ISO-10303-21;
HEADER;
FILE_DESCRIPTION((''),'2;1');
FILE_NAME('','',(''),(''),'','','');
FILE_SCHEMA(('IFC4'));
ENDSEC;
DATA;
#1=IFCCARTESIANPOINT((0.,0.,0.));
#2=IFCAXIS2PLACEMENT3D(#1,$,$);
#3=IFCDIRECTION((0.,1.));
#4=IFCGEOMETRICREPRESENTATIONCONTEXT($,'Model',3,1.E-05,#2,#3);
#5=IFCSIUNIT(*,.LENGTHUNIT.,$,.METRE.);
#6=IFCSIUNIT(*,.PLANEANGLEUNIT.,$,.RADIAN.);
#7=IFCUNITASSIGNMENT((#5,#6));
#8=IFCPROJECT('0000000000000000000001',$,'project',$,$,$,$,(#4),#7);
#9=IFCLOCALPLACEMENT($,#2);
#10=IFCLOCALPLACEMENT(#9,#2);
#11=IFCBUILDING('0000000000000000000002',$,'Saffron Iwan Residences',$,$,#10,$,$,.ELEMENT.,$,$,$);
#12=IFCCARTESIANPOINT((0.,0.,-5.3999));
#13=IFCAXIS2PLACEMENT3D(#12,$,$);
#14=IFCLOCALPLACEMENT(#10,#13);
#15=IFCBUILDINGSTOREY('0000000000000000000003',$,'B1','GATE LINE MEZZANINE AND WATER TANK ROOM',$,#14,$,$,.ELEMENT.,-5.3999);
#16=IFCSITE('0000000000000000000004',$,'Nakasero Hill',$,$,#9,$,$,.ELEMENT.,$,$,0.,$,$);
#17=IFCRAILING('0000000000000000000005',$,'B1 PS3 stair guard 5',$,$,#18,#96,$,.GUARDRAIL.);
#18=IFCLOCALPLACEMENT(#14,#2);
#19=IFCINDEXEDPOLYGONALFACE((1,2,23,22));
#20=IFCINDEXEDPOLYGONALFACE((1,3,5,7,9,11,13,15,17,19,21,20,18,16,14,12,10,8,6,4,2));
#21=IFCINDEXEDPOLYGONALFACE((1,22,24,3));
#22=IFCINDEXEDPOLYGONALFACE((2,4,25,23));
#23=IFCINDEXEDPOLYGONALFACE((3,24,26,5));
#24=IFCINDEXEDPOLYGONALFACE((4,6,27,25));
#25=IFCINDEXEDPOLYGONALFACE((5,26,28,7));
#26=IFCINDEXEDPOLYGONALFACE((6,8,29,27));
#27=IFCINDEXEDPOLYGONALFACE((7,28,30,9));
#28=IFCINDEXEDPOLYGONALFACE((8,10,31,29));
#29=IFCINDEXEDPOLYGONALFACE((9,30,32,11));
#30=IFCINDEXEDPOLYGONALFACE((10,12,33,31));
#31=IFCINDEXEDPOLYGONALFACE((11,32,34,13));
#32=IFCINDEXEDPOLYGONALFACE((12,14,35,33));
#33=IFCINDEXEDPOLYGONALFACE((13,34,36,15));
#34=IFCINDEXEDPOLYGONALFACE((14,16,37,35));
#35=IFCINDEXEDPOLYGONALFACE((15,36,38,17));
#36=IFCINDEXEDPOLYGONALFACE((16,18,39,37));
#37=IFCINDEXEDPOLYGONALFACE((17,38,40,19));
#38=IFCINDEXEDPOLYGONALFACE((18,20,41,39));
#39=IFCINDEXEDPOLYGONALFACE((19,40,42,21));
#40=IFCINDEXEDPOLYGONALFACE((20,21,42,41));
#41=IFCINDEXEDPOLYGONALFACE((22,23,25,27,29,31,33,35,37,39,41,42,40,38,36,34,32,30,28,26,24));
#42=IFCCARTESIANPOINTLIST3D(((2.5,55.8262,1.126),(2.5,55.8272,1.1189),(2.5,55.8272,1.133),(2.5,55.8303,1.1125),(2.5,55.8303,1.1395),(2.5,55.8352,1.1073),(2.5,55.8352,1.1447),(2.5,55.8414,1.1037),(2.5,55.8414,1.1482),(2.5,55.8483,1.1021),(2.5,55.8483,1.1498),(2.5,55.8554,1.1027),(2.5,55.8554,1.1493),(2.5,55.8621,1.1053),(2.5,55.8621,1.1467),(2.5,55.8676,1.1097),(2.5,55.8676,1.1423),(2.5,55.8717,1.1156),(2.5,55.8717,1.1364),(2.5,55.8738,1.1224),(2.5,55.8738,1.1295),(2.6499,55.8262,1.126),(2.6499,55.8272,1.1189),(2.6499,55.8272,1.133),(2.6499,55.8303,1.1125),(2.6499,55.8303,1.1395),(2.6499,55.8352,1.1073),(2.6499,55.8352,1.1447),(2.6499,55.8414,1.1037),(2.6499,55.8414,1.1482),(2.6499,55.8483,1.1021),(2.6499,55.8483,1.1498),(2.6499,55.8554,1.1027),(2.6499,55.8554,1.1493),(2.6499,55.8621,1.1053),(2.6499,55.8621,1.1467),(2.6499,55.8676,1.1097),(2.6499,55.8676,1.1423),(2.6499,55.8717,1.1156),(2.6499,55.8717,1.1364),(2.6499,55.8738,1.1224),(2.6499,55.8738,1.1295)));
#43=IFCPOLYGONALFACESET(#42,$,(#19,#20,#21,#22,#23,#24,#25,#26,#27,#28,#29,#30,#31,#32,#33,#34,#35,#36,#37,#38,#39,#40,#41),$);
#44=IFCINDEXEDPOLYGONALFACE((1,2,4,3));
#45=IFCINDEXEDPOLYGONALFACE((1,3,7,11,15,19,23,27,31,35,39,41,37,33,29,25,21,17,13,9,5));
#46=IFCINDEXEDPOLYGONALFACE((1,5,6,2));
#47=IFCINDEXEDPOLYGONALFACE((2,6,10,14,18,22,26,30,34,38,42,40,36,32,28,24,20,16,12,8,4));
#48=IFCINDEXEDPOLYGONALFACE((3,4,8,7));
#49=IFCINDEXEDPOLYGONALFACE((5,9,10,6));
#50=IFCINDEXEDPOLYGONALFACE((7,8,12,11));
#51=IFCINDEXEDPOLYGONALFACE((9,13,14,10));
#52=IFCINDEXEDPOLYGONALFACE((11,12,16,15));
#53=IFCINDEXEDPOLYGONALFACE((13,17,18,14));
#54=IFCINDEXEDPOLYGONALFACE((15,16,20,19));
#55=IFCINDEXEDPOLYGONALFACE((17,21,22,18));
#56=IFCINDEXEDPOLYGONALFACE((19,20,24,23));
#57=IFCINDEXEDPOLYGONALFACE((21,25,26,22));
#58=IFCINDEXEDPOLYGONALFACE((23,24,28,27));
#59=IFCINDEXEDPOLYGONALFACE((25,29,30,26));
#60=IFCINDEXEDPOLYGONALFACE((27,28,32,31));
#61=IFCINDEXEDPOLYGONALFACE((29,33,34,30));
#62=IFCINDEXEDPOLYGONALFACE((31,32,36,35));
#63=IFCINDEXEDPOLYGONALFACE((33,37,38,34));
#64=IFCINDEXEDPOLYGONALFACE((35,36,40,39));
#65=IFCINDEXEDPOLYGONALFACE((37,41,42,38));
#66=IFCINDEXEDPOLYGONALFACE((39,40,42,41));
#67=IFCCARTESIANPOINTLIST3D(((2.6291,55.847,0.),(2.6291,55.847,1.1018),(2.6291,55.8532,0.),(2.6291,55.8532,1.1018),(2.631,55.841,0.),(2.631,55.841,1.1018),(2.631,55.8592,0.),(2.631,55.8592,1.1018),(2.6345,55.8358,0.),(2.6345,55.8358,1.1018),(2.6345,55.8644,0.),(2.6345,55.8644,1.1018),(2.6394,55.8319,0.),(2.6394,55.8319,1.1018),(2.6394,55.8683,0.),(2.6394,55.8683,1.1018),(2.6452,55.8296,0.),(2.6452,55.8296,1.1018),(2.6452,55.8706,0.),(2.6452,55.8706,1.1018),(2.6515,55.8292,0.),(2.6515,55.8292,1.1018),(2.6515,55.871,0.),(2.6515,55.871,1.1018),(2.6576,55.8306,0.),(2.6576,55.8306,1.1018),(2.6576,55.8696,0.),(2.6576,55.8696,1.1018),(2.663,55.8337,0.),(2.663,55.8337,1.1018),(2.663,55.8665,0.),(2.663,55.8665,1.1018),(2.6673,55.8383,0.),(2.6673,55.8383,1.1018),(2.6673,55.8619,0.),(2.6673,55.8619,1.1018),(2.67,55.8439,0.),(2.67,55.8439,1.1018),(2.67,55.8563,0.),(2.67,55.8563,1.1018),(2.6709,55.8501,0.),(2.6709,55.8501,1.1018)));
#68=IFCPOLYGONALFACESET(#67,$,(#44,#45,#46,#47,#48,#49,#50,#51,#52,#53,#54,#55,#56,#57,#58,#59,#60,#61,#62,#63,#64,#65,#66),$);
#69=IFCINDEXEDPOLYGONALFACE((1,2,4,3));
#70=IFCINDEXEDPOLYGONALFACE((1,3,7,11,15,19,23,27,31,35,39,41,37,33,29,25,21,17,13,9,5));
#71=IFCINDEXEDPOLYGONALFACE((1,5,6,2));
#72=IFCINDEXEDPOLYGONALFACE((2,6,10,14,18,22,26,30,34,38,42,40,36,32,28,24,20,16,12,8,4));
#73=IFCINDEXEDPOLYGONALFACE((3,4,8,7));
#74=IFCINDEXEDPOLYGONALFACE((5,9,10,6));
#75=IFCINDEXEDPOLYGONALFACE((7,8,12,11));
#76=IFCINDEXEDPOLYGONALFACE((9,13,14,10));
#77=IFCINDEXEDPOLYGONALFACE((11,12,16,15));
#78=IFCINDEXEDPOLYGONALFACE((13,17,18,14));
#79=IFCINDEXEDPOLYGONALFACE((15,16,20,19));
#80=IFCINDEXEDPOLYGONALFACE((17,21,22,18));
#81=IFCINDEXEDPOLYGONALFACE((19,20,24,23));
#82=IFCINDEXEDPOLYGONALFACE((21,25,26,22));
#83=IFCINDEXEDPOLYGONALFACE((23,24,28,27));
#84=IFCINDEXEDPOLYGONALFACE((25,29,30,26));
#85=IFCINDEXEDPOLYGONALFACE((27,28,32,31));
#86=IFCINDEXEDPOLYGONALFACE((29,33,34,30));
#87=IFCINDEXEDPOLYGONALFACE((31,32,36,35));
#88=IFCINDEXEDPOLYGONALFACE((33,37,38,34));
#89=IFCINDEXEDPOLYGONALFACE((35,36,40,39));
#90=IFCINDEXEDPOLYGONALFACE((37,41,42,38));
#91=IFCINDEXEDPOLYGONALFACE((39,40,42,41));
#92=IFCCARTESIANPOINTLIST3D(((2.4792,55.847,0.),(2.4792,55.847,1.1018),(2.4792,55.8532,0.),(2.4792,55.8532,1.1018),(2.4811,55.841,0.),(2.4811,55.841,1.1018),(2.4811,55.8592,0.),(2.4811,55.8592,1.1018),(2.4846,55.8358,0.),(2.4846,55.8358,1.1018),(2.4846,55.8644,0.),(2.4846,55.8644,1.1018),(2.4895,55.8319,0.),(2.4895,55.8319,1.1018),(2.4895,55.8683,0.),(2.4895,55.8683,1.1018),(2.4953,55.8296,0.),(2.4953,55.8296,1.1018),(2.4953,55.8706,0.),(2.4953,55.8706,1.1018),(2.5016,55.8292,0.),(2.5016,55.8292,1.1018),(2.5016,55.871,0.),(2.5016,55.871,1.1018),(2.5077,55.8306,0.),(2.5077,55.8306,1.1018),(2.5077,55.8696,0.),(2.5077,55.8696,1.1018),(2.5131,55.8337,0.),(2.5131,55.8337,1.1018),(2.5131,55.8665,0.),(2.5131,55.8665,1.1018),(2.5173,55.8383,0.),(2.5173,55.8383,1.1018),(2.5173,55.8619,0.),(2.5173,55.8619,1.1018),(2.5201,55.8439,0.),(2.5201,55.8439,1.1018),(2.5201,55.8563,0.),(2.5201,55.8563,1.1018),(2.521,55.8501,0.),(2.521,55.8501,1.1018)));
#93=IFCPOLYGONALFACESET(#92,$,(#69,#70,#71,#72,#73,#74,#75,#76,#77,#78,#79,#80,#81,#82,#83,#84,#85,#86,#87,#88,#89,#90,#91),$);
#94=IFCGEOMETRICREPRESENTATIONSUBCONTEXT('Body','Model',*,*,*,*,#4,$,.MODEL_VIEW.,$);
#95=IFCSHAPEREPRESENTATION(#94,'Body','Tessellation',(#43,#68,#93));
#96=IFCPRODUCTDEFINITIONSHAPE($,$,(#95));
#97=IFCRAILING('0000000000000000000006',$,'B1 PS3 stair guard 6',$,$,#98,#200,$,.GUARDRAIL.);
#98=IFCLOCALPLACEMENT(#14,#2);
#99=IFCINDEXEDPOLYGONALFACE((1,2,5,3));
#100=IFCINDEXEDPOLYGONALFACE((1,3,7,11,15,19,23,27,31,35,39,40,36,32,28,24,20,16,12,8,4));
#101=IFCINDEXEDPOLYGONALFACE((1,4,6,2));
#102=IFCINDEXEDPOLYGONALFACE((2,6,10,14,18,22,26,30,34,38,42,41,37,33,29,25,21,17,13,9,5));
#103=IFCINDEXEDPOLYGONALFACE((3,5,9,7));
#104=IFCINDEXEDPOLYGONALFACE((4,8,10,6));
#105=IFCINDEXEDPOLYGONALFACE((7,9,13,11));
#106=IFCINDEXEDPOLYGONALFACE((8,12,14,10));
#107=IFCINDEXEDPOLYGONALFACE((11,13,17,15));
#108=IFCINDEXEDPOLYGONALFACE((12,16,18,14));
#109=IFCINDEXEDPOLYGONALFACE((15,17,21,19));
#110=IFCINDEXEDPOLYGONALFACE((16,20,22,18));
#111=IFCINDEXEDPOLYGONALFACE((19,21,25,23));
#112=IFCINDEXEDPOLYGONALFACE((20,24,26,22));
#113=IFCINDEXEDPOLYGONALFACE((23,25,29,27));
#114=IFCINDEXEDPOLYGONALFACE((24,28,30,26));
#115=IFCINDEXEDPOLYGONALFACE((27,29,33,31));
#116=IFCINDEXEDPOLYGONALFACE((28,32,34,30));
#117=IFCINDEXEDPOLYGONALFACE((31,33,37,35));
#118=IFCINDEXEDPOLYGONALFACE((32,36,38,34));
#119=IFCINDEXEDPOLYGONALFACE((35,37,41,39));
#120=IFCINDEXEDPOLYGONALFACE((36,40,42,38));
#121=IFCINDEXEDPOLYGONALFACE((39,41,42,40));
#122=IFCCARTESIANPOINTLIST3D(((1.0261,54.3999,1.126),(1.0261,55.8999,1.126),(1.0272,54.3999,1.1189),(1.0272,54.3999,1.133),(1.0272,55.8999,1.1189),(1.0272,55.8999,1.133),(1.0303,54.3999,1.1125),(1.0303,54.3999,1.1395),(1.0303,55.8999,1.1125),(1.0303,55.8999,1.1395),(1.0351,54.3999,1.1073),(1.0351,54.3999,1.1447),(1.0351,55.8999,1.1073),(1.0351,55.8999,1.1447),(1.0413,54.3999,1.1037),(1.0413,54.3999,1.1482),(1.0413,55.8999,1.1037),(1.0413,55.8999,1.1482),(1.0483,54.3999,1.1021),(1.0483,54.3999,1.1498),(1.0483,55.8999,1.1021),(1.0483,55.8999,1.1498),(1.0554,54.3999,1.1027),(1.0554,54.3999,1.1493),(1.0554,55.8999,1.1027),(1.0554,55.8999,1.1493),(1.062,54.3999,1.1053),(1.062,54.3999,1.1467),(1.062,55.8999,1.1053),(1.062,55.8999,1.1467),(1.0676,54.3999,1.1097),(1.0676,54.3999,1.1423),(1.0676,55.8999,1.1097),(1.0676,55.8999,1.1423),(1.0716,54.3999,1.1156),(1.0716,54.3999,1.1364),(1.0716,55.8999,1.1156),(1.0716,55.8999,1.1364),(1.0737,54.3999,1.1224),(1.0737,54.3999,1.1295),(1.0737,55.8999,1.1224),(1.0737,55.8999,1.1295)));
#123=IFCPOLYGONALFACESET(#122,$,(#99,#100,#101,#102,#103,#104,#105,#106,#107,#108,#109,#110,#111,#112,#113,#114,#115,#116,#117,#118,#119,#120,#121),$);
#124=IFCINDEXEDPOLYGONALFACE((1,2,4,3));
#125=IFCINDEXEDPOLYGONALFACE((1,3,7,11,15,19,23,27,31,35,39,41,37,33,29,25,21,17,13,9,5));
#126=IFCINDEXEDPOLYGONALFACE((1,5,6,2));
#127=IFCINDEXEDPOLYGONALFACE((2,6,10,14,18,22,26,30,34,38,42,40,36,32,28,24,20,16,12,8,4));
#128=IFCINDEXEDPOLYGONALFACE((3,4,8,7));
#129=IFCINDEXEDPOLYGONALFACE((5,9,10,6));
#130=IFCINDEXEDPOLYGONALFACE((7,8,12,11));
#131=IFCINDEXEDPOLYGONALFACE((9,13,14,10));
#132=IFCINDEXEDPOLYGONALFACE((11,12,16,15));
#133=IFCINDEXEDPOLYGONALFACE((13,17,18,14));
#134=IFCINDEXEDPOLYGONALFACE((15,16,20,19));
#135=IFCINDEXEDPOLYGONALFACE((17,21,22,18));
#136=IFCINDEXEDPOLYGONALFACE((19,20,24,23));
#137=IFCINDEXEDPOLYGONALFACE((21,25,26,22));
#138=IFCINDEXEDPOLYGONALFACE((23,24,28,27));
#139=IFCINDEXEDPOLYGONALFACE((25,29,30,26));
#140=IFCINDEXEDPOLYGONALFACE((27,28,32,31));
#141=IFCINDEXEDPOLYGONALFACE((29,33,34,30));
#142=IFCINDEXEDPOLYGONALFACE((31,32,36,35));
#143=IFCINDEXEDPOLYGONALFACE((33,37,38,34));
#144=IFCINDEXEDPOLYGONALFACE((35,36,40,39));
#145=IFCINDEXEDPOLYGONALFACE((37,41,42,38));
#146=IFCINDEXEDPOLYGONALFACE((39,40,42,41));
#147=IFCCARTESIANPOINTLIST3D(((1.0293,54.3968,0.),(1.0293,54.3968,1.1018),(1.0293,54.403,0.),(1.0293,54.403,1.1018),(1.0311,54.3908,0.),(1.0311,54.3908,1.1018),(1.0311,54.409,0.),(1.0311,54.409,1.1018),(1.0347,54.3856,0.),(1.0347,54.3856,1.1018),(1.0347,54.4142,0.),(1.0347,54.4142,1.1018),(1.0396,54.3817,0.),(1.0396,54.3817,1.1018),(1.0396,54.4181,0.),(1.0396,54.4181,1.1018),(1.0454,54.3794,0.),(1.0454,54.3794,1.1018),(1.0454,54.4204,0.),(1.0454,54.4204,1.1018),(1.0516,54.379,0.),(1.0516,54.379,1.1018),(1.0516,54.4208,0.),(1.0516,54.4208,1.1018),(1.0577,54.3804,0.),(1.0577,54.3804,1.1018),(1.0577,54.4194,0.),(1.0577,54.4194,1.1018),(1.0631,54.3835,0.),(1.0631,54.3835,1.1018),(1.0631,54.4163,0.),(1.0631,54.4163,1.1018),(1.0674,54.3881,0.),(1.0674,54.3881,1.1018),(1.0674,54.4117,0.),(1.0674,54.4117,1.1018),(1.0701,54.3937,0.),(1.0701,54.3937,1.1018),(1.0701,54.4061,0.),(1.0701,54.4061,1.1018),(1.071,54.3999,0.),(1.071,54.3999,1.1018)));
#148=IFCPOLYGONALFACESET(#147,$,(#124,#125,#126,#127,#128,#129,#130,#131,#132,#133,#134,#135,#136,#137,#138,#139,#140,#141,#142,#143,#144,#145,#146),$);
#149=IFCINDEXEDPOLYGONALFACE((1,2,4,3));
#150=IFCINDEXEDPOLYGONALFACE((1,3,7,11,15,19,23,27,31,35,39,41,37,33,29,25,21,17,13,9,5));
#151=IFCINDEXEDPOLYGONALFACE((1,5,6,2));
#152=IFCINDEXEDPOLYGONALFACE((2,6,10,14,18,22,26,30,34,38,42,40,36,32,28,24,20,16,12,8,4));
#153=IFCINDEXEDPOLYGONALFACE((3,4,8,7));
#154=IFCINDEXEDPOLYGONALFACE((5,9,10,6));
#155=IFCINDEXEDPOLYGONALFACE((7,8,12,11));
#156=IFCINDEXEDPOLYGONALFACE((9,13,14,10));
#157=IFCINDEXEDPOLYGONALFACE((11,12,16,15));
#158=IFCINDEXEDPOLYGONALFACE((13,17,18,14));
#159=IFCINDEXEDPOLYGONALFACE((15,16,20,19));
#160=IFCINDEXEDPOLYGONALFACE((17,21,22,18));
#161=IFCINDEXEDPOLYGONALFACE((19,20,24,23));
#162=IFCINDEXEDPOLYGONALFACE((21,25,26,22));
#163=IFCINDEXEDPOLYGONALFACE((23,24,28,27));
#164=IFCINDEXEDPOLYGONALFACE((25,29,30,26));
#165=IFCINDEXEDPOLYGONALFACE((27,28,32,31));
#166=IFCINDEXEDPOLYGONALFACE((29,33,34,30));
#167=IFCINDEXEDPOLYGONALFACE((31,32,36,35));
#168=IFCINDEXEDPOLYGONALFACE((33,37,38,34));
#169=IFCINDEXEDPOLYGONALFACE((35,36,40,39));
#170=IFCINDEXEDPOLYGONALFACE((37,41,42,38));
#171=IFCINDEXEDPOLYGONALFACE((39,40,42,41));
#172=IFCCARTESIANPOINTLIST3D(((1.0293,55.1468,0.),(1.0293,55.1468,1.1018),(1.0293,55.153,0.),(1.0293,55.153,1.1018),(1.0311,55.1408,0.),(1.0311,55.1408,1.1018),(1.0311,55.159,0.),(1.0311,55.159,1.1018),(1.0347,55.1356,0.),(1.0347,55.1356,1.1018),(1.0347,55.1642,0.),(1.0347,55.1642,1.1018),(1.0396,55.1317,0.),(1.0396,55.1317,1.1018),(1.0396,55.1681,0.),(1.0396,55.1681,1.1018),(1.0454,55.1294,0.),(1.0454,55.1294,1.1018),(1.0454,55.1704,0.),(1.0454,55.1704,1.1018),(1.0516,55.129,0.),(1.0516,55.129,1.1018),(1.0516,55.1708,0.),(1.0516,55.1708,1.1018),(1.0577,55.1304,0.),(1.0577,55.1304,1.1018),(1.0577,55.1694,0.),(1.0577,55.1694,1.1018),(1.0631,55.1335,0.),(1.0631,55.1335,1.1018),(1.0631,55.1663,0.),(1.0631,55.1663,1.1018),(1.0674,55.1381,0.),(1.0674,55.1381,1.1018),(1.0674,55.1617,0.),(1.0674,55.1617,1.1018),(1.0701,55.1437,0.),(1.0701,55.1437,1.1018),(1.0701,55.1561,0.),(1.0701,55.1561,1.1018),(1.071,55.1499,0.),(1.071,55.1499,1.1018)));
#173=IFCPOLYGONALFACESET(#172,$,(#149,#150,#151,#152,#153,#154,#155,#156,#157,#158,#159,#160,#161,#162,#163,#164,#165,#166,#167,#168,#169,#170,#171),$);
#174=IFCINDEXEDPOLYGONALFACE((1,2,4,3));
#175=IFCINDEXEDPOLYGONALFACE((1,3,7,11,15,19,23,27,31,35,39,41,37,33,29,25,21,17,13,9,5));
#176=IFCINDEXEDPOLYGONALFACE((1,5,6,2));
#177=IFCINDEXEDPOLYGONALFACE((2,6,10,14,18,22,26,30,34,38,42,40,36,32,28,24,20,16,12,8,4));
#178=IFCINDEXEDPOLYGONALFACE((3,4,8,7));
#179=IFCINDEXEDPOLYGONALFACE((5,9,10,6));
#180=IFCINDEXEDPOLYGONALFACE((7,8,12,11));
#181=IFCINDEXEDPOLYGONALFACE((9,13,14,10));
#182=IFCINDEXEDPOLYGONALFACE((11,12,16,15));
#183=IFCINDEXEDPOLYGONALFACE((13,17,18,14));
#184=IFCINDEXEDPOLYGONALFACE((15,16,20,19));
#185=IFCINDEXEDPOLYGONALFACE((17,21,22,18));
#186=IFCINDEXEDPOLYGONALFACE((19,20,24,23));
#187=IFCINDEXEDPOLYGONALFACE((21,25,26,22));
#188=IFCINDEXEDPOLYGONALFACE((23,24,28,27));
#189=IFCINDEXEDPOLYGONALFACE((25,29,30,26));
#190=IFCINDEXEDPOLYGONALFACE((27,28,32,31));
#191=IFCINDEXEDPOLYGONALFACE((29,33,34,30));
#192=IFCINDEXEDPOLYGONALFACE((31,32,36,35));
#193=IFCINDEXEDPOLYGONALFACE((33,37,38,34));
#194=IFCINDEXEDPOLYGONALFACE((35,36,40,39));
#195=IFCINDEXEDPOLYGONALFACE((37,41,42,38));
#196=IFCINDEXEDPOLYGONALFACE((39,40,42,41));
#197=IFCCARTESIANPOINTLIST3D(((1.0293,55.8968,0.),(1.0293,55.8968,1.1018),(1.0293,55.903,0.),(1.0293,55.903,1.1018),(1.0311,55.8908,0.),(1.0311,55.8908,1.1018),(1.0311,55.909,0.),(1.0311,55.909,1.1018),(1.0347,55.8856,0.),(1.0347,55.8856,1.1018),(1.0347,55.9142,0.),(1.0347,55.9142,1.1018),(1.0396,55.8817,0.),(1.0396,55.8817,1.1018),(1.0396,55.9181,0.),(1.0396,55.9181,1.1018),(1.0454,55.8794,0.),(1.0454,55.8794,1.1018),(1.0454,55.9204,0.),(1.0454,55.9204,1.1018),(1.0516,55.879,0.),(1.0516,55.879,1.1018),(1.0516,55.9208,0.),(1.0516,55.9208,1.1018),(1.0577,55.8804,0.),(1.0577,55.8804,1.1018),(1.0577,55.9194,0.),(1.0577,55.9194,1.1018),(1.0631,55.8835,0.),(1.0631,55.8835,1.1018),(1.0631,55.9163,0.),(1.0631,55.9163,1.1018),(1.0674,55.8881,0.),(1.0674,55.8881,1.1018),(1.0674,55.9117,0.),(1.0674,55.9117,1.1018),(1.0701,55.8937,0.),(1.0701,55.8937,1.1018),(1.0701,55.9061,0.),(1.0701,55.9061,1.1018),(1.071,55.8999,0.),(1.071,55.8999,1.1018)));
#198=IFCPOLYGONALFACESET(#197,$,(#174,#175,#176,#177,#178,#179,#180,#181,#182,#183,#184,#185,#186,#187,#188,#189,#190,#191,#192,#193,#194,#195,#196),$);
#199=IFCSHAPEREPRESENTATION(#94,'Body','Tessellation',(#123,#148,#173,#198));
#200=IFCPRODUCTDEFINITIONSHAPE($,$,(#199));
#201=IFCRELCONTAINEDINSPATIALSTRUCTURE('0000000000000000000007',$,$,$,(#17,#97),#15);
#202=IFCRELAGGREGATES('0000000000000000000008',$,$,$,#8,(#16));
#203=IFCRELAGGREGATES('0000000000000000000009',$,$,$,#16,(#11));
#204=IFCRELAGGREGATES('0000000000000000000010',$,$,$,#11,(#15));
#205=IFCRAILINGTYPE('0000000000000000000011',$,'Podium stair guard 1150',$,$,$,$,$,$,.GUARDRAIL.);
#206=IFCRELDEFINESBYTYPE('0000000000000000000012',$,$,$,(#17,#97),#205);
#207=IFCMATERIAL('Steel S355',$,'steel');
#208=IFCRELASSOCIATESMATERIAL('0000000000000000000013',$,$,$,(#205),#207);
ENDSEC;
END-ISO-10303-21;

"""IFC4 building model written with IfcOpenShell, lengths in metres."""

from ifc_helpers import new_model, si_unit, direction, frame, origin, origin_2d, place, context, subcontext, project, spatial, circle, extrude, material, type_object, element, save


model = new_model("IFC4")

# Units and contexts
model_context = context("Model", 3, precision=1e-05, world=origin(), true_north=direction((0.0, 1.0)))
body_context = subcontext(model_context, "Body", "Model", "MODEL_VIEW")
ifc_project = project(units=[si_unit("LENGTHUNIT", "METRE"), si_unit("PLANEANGLEUNIT", "RADIAN")], contexts=[model_context])

# Site, building, storey
site_placement = place(None, origin())
site = spatial("IfcSite", under=ifc_project, at=site_placement, Name="Nakasero Hill", CompositionType="ELEMENT", RefElevation=0.0)
building_placement = place(site_placement, origin())
building = spatial("IfcBuilding", under=site, at=building_placement, Name="Saffron Iwan Residences", CompositionType="ELEMENT")
storey_placement = place(building_placement, frame((0.0, 0.0, -5.3999)))
storey = spatial("IfcBuildingStorey", under=building, at=storey_placement, Name="B1", Description="GATE LINE MEZZANINE AND WATER TANK ROOM", CompositionType="ELEMENT", Elevation=-5.3999)

# Railings
ifc_material_1 = material(Name="Steel S355", Category="steel")
railing_type_1 = type_object("IfcRailingType", Name="Podium stair guard 1150", PredefinedType="GUARDRAIL", material=ifc_material_1)
railing_1_placement = place(storey_placement, frame((2.6499, 55.8501, 0.0)))
element("IfcRailing", 1, at=railing_1_placement, inside=storey, type_object=railing_type_1, Name="B1 PS3 stair guard 5", PredefinedType="GUARDRAIL", context=body_context, shape_type="SweptSolid", body=[
    extrude(circle(Radius=0.0239, at=origin_2d()), frame((0.0, 0.0, 1.126), z_axis=(-1.0, 0.0, 0.0), x_axis=(0.0, -1.0, 0.0)), (0.0, 0.0, 1.0), 0.1499),
    extrude(circle(Radius=0.021, at=origin_2d()), origin(), (0.0, 0.0, 1.0), 1.1018),
    extrude(circle(Radius=0.021, at=origin_2d()), frame((-0.1499, 0.0, 0.0)), (0.0, 0.0, 1.0), 1.1018),
])
railing_2_placement = place(storey_placement, frame((1.05, 54.3999, 0.0)))
element("IfcRailing", 2, at=railing_2_placement, inside=storey, type_object=railing_type_1, Name="B1 PS3 stair guard 6", PredefinedType="GUARDRAIL", context=body_context, shape_type="SweptSolid", body=[
    extrude(circle(Radius=0.0239, at=origin_2d()), frame((0.0, 0.0, 1.126), z_axis=(0.0, 1.0, 0.0), x_axis=(-1.0, 0.0, 0.0)), (0.0, 0.0, 1.0), 1.5),
    extrude(circle(Radius=0.021, at=origin_2d()), origin(), (0.0, 0.0, 1.0), 1.1018),
    extrude(circle(Radius=0.021, at=origin_2d()), frame((0.0, 0.75, 0.0)), (0.0, 0.0, 1.0), 1.1018),
    extrude(circle(Radius=0.021, at=origin_2d()), frame((0.0, 1.5, 0.0)), (0.0, 0.0, 1.0), 1.1018),
])

save(model, "model.ifc")
